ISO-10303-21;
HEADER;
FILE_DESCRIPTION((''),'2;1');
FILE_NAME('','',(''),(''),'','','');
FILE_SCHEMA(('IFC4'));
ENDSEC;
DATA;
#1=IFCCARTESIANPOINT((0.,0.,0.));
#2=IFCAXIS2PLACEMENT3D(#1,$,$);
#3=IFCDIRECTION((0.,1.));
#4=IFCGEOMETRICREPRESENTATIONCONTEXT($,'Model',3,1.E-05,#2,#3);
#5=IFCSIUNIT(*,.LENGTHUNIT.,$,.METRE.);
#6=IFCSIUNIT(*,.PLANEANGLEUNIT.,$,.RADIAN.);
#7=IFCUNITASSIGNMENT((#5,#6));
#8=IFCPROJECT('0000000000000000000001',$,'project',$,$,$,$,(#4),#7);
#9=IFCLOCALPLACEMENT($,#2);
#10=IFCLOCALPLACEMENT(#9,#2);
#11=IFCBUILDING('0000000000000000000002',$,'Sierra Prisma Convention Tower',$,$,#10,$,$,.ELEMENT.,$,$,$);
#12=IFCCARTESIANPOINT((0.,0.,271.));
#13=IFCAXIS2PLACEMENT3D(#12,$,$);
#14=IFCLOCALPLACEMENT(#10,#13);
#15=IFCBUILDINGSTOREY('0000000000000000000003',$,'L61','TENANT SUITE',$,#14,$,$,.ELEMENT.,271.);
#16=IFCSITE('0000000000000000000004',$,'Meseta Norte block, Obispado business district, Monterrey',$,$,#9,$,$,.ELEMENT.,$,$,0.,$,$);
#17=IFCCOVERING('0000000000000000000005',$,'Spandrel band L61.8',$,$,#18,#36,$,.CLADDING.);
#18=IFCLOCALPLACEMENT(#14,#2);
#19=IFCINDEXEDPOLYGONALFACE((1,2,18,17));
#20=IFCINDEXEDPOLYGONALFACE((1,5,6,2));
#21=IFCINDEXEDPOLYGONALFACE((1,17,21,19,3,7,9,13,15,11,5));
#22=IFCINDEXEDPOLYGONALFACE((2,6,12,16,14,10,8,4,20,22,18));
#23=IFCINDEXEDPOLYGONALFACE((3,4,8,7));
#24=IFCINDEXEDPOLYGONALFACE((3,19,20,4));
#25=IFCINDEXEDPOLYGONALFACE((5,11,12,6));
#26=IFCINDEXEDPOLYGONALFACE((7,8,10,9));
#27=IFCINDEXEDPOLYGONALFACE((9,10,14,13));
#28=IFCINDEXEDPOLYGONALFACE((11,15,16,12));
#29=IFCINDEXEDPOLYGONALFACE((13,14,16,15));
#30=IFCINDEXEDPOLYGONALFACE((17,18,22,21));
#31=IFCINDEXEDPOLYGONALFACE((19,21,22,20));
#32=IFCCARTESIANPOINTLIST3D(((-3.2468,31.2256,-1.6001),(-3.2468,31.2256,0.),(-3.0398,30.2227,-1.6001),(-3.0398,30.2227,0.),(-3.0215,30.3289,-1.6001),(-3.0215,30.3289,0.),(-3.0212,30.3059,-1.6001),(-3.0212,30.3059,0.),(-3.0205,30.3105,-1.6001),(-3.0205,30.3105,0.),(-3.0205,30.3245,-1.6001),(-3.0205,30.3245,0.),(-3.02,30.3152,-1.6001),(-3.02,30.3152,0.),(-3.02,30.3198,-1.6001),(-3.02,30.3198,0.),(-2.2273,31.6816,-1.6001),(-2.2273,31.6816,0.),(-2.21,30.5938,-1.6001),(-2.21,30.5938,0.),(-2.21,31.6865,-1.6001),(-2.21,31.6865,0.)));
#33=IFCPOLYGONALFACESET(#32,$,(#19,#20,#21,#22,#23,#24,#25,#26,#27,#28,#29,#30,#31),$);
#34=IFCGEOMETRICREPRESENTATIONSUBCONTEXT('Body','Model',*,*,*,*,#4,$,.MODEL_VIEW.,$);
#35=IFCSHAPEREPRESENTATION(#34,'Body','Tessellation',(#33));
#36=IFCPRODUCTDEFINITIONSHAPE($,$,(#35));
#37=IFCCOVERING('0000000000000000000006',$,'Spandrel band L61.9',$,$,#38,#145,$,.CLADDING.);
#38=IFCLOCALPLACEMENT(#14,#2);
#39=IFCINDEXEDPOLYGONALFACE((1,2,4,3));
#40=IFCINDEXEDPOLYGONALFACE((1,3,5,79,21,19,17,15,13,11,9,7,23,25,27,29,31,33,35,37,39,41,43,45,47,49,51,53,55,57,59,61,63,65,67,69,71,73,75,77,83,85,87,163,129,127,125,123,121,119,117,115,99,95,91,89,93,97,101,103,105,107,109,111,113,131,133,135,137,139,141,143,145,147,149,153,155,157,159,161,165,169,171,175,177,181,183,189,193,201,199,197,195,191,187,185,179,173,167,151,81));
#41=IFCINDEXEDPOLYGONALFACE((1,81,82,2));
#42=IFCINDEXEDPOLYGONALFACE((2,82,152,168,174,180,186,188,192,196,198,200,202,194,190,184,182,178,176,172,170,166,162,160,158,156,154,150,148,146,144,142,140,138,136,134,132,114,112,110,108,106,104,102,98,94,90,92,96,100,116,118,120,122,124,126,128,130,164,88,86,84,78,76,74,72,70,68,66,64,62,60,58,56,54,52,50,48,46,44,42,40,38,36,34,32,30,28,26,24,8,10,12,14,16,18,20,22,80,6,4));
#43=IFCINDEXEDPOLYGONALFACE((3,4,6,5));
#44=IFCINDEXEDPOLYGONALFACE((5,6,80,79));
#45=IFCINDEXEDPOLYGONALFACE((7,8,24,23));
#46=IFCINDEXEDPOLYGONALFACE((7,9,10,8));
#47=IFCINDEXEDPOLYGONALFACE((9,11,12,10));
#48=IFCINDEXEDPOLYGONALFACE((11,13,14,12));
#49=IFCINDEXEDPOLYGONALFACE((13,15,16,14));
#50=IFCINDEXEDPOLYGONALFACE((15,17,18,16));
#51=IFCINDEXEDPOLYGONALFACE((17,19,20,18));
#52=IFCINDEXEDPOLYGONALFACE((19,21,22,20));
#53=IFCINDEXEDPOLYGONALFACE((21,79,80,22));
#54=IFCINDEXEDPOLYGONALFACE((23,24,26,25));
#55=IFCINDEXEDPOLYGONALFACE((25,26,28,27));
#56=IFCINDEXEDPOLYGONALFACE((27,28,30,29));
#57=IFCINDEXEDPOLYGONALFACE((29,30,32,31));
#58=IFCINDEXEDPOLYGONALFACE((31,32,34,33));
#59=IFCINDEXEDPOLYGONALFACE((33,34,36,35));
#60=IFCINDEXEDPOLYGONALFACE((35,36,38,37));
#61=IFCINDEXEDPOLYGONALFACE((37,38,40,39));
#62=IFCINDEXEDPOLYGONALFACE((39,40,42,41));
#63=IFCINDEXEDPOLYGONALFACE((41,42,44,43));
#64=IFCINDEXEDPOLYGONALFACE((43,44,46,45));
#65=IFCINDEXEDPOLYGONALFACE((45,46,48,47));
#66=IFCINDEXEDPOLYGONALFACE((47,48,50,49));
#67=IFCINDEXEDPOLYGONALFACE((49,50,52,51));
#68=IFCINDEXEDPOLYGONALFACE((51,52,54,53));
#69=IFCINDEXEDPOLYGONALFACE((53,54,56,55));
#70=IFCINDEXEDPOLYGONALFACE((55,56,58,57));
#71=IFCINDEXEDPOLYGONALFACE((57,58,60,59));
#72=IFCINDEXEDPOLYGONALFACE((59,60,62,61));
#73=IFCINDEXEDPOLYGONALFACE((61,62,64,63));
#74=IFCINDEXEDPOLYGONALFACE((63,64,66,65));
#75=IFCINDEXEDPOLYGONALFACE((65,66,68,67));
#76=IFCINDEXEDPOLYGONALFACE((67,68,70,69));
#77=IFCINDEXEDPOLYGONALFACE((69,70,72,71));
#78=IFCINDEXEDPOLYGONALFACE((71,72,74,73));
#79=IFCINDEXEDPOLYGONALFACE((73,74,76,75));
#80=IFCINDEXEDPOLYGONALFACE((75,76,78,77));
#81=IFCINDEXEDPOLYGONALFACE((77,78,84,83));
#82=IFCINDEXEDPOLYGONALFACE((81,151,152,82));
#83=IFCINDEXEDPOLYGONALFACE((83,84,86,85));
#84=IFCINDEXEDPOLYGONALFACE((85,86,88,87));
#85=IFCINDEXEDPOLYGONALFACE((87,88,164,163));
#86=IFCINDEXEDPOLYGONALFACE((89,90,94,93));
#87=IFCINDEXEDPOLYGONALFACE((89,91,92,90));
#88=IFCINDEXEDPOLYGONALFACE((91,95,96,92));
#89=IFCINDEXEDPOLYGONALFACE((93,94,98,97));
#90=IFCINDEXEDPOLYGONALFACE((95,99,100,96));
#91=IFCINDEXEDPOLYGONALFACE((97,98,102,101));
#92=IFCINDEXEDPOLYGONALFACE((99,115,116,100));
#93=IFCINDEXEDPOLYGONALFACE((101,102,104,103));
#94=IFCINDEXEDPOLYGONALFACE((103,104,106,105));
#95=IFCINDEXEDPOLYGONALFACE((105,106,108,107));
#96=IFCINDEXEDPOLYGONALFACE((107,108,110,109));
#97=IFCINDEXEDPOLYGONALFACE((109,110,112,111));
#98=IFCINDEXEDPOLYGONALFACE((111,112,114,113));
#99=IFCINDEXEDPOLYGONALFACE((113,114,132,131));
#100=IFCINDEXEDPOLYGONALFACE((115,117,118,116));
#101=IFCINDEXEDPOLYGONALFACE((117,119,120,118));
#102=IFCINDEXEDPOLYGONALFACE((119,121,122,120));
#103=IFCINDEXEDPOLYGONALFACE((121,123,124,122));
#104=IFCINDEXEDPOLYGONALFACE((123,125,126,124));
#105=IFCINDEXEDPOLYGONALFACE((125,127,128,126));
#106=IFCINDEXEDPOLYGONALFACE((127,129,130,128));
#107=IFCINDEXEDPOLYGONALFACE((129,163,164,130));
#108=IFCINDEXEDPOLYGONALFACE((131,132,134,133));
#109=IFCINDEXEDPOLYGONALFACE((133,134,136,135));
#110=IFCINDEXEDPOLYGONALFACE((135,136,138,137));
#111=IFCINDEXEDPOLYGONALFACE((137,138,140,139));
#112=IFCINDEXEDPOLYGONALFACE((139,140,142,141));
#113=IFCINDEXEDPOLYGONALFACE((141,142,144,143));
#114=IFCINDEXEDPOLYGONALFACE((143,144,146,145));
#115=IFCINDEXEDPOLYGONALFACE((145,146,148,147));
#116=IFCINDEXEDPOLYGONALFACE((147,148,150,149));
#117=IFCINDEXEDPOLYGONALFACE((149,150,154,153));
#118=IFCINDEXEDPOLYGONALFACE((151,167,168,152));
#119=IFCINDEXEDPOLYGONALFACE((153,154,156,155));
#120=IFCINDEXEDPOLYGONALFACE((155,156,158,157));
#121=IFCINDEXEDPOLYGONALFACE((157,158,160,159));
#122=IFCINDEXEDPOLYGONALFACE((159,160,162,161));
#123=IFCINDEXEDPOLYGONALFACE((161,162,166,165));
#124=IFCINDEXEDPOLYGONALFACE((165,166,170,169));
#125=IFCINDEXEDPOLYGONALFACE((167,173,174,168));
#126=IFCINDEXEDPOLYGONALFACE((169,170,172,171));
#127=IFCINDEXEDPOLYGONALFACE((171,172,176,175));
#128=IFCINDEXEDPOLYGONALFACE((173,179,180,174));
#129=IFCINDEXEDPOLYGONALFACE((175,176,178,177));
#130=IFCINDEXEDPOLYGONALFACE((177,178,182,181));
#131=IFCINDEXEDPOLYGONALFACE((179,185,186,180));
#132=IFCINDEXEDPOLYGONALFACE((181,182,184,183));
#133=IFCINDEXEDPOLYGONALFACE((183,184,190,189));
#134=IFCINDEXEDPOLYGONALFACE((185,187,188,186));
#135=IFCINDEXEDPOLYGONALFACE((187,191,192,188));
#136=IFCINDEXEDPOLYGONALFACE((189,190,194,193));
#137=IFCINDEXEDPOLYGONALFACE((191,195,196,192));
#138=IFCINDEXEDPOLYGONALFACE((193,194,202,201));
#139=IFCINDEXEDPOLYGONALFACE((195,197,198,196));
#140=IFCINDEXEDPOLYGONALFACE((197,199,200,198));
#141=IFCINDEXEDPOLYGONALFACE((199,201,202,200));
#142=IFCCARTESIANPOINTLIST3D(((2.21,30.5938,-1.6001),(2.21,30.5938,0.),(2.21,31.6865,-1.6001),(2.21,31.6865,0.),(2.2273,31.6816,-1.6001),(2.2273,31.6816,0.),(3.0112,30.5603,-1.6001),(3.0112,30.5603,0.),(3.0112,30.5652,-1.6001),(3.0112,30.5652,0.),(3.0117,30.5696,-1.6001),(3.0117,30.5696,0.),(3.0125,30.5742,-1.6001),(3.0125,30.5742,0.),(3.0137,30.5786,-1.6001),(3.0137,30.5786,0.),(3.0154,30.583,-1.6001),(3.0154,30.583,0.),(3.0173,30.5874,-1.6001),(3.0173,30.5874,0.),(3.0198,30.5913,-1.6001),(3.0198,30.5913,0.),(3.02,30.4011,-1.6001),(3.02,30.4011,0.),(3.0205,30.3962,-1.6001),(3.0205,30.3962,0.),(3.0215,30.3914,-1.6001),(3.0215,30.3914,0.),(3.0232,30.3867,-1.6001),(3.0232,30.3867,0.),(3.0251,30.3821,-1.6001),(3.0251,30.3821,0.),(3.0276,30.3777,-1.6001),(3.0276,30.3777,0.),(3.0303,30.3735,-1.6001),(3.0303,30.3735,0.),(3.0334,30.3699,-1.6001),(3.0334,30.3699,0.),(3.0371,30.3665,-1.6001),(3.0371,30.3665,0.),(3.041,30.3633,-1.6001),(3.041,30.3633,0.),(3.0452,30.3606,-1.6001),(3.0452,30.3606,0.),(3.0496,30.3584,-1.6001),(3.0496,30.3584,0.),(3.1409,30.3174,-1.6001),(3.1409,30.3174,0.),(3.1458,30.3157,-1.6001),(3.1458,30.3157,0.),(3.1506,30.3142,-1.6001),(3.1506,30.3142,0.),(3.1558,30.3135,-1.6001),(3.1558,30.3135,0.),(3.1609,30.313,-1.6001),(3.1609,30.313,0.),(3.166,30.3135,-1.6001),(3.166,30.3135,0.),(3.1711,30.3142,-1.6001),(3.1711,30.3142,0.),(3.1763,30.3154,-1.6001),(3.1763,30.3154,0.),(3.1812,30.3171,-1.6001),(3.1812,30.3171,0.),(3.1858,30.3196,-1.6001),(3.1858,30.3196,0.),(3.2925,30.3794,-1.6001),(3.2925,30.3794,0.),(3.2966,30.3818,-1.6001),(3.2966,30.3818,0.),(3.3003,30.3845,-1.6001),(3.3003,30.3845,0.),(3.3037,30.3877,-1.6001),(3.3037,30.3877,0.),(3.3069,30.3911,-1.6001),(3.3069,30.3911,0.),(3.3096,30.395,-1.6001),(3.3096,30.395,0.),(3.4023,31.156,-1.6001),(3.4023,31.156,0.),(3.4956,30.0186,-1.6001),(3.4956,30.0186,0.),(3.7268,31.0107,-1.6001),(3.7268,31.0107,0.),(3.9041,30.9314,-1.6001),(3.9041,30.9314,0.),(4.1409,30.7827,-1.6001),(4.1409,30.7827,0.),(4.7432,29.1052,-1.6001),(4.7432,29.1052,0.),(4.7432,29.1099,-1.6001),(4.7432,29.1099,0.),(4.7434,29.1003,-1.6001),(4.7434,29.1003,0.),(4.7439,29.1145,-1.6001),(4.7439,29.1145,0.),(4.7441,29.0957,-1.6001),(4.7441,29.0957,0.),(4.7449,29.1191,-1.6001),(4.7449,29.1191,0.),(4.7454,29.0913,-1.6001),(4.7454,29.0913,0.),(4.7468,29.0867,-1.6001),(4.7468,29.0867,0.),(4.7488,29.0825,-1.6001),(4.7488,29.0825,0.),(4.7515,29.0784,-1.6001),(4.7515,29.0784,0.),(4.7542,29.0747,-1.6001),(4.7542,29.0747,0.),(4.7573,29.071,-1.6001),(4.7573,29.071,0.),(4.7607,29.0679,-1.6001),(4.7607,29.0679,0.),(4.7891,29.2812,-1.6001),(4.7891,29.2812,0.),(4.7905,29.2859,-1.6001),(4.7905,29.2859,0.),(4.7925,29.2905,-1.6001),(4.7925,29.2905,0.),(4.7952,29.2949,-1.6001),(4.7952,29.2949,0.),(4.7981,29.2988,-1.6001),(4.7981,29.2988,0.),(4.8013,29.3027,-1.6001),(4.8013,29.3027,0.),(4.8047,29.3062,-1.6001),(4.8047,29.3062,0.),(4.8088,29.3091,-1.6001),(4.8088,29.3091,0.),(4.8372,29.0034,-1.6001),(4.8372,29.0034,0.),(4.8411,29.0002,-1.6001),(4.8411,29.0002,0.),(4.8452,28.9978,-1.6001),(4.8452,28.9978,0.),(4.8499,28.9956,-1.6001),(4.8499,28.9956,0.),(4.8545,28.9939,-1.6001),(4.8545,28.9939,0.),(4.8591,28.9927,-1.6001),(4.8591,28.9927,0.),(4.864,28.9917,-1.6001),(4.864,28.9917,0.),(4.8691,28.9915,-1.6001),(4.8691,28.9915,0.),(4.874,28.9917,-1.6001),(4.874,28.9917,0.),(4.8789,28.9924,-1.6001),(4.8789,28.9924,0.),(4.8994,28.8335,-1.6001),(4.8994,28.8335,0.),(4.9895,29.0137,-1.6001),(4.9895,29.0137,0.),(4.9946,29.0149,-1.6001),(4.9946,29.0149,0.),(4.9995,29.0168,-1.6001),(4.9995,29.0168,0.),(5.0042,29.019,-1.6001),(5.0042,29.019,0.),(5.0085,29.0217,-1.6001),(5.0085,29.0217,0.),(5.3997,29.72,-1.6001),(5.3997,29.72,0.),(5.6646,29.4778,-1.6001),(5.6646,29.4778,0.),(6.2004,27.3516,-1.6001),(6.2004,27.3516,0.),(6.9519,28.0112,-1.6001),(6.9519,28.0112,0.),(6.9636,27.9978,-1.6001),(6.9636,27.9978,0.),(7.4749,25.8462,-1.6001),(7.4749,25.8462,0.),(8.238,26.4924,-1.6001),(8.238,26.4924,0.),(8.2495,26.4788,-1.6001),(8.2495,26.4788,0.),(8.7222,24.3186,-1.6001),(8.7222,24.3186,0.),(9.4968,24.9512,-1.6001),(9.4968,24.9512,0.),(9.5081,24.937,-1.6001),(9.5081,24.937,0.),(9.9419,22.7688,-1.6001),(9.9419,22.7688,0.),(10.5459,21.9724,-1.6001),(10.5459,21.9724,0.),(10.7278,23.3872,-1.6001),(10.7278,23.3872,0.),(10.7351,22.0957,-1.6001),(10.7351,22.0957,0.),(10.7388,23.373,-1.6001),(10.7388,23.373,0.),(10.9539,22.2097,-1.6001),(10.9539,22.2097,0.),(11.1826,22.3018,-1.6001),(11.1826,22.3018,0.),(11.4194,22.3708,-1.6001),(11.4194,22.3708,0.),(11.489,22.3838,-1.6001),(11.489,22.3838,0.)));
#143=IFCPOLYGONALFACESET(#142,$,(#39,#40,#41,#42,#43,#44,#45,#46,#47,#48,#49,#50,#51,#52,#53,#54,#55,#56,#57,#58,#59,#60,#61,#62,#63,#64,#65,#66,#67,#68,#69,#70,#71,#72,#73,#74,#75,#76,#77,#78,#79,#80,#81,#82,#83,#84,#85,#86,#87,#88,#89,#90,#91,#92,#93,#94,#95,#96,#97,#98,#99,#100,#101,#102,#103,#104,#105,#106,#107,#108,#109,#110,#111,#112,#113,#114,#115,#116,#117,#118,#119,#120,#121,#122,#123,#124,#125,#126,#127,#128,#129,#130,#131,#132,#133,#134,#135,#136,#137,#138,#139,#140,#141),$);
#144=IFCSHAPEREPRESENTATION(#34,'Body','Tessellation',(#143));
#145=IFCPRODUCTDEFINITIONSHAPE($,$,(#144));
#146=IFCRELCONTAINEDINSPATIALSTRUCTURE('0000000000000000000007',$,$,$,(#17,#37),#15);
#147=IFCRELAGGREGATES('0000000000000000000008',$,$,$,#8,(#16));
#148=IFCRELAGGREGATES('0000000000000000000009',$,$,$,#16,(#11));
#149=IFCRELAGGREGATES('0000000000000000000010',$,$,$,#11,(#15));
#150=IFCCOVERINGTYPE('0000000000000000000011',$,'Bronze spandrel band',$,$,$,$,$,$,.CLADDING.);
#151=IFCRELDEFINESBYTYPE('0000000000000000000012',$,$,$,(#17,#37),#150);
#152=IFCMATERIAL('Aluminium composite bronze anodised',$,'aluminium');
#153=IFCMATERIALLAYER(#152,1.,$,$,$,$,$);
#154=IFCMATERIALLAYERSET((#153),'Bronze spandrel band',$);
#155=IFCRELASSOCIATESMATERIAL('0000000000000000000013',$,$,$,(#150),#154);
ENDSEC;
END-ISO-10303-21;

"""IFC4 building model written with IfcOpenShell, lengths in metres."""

from ifc_helpers import new_model, si_unit, direction, frame, origin, place, context, subcontext, project, spatial, polyline, outline, extrude, material, layer, layer_set, type_object, element, save


model = new_model("IFC4")

# Units and contexts
model_context = context("Model", 3, precision=1e-05, world=origin(), true_north=direction((0.0, 1.0)))
body_context = subcontext(model_context, "Body", "Model", "MODEL_VIEW")
ifc_project = project(units=[si_unit("LENGTHUNIT", "METRE"), si_unit("PLANEANGLEUNIT", "RADIAN")], contexts=[model_context])

# Site, building, storey
site_placement = place(None, origin())
site = spatial("IfcSite", under=ifc_project, at=site_placement, Name="Meseta Norte block, Obispado business district, Monterrey", CompositionType="ELEMENT", RefElevation=0.0)
building_placement = place(site_placement, origin())
building = spatial("IfcBuilding", under=site, at=building_placement, Name="Sierra Prisma Convention Tower", CompositionType="ELEMENT")
storey_placement = place(building_placement, frame((0.0, 0.0, 271.0)))
storey = spatial("IfcBuildingStorey", under=building, at=storey_placement, Name="L61", Description="TENANT SUITE", CompositionType="ELEMENT", Elevation=271.0)

# Coverings
ifc_material_1 = material(Name="Aluminium composite bronze anodised", Category="aluminium")
ifc_layer_1 = layer(ifc_material_1, 1.0)
ifc_layer_set_1 = layer_set([ifc_layer_1], Name="Bronze spandrel band")
covering_type_1 = type_object("IfcCoveringType", Name="Bronze spandrel band", PredefinedType="CLADDING", material=ifc_layer_set_1)
covering_1_placement = place(storey_placement, frame((0.0, 0.0, -1.6001)))
element("IfcCovering", 1, at=covering_1_placement, inside=storey, type_object=covering_type_1, Name="Spandrel band L61.8", PredefinedType="CLADDING", context=body_context, shape_type="SweptSolid", body=[
    extrude(outline(polyline([(-3.0205, 30.3105), (-3.02, 30.3152), (-3.02, 30.3198), (-3.0205, 30.3245), (-3.0215, 30.3289), (-3.2468, 31.2256), (-2.2273, 31.6816), (-2.21, 31.6865), (-2.21, 30.5938), (-3.0398, 30.2227), (-3.0212, 30.3059), (-3.0205, 30.3105)])), origin(), (0.0, 0.0, 1.0), 1.6001),
])
covering_2_placement = place(storey_placement, frame((0.0, 0.0, -1.6001)))
element("IfcCovering", 2, at=covering_2_placement, inside=storey, type_object=covering_type_1, Name="Spandrel band L61.9", PredefinedType="CLADDING", context=body_context, shape_type="SweptSolid", body=[
    extrude(outline(polyline([(3.0198, 30.5913), (3.0173, 30.5874), (3.0154, 30.583), (3.0137, 30.5786), (3.0125, 30.5742), (3.0117, 30.5696), (3.0112, 30.5652), (3.0112, 30.5603), (3.02, 30.4011), (3.0205, 30.3962), (3.0215, 30.3914), (3.0232, 30.3867), (3.0251, 30.3821), (3.0276, 30.3777), (3.0303, 30.3735), (3.0334, 30.3699), (3.0371, 30.3665), (3.041, 30.3633), (3.0452, 30.3606), (3.0496, 30.3584), (3.1409, 30.3174), (3.1458, 30.3157), (3.1506, 30.3142), (3.1558, 30.3135), (3.1609, 30.313), (3.166, 30.3135), (3.1711, 30.3142), (3.1763, 30.3154), (3.1812, 30.3171), (3.1858, 30.3196), (3.2925, 30.3794), (3.2966, 30.3818), (3.3003, 30.3845), (3.3037, 30.3877), (3.3069, 30.3911), (3.3096, 30.395), (3.7268, 31.0107), (3.9041, 30.9314), (4.1409, 30.7827), (5.3997, 29.72), (4.8088, 29.3091), (4.8047, 29.3062), (4.8013, 29.3027), (4.7981, 29.2988), (4.7952, 29.2949), (4.7925, 29.2905), (4.7905, 29.2859), (4.7891, 29.2812), (4.7449, 29.1191), (4.7439, 29.1145), (4.7432, 29.1099), (4.7432, 29.1052), (4.7434, 29.1003), (4.7441, 29.0957), (4.7454, 29.0913), (4.7468, 29.0867), (4.7488, 29.0825), (4.7515, 29.0784), (4.7542, 29.0747), (4.7573, 29.071), (4.7607, 29.0679), (4.8372, 29.0034), (4.8411, 29.0002), (4.8452, 28.9978), (4.8499, 28.9956), (4.8545, 28.9939), (4.8591, 28.9927), (4.864, 28.9917), (4.8691, 28.9915), (4.874, 28.9917), (4.8789, 28.9924), (4.9895, 29.0137), (4.9946, 29.0149), (4.9995, 29.0168), (5.0042, 29.019), (5.0085, 29.0217), (5.6646, 29.4778), (6.9519, 28.0112), (6.9636, 27.9978), (8.238, 26.4924), (8.2495, 26.4788), (9.4968, 24.9512), (9.5081, 24.937), (10.7278, 23.3872), (10.7388, 23.373), (11.489, 22.3838), (11.4194, 22.3708), (11.1826, 22.3018), (10.9539, 22.2097), (10.7351, 22.0957), (10.5459, 21.9724), (9.9419, 22.7688), (8.7222, 24.3186), (7.4749, 25.8462), (6.2004, 27.3516), (4.8994, 28.8335), (3.4956, 30.0186), (2.21, 30.5938), (2.21, 31.6865), (2.2273, 31.6816), (3.4023, 31.156), (3.0198, 30.5913)])), origin(), (0.0, 0.0, 1.0), 1.6001),
])

save(model, "model.ifc")
